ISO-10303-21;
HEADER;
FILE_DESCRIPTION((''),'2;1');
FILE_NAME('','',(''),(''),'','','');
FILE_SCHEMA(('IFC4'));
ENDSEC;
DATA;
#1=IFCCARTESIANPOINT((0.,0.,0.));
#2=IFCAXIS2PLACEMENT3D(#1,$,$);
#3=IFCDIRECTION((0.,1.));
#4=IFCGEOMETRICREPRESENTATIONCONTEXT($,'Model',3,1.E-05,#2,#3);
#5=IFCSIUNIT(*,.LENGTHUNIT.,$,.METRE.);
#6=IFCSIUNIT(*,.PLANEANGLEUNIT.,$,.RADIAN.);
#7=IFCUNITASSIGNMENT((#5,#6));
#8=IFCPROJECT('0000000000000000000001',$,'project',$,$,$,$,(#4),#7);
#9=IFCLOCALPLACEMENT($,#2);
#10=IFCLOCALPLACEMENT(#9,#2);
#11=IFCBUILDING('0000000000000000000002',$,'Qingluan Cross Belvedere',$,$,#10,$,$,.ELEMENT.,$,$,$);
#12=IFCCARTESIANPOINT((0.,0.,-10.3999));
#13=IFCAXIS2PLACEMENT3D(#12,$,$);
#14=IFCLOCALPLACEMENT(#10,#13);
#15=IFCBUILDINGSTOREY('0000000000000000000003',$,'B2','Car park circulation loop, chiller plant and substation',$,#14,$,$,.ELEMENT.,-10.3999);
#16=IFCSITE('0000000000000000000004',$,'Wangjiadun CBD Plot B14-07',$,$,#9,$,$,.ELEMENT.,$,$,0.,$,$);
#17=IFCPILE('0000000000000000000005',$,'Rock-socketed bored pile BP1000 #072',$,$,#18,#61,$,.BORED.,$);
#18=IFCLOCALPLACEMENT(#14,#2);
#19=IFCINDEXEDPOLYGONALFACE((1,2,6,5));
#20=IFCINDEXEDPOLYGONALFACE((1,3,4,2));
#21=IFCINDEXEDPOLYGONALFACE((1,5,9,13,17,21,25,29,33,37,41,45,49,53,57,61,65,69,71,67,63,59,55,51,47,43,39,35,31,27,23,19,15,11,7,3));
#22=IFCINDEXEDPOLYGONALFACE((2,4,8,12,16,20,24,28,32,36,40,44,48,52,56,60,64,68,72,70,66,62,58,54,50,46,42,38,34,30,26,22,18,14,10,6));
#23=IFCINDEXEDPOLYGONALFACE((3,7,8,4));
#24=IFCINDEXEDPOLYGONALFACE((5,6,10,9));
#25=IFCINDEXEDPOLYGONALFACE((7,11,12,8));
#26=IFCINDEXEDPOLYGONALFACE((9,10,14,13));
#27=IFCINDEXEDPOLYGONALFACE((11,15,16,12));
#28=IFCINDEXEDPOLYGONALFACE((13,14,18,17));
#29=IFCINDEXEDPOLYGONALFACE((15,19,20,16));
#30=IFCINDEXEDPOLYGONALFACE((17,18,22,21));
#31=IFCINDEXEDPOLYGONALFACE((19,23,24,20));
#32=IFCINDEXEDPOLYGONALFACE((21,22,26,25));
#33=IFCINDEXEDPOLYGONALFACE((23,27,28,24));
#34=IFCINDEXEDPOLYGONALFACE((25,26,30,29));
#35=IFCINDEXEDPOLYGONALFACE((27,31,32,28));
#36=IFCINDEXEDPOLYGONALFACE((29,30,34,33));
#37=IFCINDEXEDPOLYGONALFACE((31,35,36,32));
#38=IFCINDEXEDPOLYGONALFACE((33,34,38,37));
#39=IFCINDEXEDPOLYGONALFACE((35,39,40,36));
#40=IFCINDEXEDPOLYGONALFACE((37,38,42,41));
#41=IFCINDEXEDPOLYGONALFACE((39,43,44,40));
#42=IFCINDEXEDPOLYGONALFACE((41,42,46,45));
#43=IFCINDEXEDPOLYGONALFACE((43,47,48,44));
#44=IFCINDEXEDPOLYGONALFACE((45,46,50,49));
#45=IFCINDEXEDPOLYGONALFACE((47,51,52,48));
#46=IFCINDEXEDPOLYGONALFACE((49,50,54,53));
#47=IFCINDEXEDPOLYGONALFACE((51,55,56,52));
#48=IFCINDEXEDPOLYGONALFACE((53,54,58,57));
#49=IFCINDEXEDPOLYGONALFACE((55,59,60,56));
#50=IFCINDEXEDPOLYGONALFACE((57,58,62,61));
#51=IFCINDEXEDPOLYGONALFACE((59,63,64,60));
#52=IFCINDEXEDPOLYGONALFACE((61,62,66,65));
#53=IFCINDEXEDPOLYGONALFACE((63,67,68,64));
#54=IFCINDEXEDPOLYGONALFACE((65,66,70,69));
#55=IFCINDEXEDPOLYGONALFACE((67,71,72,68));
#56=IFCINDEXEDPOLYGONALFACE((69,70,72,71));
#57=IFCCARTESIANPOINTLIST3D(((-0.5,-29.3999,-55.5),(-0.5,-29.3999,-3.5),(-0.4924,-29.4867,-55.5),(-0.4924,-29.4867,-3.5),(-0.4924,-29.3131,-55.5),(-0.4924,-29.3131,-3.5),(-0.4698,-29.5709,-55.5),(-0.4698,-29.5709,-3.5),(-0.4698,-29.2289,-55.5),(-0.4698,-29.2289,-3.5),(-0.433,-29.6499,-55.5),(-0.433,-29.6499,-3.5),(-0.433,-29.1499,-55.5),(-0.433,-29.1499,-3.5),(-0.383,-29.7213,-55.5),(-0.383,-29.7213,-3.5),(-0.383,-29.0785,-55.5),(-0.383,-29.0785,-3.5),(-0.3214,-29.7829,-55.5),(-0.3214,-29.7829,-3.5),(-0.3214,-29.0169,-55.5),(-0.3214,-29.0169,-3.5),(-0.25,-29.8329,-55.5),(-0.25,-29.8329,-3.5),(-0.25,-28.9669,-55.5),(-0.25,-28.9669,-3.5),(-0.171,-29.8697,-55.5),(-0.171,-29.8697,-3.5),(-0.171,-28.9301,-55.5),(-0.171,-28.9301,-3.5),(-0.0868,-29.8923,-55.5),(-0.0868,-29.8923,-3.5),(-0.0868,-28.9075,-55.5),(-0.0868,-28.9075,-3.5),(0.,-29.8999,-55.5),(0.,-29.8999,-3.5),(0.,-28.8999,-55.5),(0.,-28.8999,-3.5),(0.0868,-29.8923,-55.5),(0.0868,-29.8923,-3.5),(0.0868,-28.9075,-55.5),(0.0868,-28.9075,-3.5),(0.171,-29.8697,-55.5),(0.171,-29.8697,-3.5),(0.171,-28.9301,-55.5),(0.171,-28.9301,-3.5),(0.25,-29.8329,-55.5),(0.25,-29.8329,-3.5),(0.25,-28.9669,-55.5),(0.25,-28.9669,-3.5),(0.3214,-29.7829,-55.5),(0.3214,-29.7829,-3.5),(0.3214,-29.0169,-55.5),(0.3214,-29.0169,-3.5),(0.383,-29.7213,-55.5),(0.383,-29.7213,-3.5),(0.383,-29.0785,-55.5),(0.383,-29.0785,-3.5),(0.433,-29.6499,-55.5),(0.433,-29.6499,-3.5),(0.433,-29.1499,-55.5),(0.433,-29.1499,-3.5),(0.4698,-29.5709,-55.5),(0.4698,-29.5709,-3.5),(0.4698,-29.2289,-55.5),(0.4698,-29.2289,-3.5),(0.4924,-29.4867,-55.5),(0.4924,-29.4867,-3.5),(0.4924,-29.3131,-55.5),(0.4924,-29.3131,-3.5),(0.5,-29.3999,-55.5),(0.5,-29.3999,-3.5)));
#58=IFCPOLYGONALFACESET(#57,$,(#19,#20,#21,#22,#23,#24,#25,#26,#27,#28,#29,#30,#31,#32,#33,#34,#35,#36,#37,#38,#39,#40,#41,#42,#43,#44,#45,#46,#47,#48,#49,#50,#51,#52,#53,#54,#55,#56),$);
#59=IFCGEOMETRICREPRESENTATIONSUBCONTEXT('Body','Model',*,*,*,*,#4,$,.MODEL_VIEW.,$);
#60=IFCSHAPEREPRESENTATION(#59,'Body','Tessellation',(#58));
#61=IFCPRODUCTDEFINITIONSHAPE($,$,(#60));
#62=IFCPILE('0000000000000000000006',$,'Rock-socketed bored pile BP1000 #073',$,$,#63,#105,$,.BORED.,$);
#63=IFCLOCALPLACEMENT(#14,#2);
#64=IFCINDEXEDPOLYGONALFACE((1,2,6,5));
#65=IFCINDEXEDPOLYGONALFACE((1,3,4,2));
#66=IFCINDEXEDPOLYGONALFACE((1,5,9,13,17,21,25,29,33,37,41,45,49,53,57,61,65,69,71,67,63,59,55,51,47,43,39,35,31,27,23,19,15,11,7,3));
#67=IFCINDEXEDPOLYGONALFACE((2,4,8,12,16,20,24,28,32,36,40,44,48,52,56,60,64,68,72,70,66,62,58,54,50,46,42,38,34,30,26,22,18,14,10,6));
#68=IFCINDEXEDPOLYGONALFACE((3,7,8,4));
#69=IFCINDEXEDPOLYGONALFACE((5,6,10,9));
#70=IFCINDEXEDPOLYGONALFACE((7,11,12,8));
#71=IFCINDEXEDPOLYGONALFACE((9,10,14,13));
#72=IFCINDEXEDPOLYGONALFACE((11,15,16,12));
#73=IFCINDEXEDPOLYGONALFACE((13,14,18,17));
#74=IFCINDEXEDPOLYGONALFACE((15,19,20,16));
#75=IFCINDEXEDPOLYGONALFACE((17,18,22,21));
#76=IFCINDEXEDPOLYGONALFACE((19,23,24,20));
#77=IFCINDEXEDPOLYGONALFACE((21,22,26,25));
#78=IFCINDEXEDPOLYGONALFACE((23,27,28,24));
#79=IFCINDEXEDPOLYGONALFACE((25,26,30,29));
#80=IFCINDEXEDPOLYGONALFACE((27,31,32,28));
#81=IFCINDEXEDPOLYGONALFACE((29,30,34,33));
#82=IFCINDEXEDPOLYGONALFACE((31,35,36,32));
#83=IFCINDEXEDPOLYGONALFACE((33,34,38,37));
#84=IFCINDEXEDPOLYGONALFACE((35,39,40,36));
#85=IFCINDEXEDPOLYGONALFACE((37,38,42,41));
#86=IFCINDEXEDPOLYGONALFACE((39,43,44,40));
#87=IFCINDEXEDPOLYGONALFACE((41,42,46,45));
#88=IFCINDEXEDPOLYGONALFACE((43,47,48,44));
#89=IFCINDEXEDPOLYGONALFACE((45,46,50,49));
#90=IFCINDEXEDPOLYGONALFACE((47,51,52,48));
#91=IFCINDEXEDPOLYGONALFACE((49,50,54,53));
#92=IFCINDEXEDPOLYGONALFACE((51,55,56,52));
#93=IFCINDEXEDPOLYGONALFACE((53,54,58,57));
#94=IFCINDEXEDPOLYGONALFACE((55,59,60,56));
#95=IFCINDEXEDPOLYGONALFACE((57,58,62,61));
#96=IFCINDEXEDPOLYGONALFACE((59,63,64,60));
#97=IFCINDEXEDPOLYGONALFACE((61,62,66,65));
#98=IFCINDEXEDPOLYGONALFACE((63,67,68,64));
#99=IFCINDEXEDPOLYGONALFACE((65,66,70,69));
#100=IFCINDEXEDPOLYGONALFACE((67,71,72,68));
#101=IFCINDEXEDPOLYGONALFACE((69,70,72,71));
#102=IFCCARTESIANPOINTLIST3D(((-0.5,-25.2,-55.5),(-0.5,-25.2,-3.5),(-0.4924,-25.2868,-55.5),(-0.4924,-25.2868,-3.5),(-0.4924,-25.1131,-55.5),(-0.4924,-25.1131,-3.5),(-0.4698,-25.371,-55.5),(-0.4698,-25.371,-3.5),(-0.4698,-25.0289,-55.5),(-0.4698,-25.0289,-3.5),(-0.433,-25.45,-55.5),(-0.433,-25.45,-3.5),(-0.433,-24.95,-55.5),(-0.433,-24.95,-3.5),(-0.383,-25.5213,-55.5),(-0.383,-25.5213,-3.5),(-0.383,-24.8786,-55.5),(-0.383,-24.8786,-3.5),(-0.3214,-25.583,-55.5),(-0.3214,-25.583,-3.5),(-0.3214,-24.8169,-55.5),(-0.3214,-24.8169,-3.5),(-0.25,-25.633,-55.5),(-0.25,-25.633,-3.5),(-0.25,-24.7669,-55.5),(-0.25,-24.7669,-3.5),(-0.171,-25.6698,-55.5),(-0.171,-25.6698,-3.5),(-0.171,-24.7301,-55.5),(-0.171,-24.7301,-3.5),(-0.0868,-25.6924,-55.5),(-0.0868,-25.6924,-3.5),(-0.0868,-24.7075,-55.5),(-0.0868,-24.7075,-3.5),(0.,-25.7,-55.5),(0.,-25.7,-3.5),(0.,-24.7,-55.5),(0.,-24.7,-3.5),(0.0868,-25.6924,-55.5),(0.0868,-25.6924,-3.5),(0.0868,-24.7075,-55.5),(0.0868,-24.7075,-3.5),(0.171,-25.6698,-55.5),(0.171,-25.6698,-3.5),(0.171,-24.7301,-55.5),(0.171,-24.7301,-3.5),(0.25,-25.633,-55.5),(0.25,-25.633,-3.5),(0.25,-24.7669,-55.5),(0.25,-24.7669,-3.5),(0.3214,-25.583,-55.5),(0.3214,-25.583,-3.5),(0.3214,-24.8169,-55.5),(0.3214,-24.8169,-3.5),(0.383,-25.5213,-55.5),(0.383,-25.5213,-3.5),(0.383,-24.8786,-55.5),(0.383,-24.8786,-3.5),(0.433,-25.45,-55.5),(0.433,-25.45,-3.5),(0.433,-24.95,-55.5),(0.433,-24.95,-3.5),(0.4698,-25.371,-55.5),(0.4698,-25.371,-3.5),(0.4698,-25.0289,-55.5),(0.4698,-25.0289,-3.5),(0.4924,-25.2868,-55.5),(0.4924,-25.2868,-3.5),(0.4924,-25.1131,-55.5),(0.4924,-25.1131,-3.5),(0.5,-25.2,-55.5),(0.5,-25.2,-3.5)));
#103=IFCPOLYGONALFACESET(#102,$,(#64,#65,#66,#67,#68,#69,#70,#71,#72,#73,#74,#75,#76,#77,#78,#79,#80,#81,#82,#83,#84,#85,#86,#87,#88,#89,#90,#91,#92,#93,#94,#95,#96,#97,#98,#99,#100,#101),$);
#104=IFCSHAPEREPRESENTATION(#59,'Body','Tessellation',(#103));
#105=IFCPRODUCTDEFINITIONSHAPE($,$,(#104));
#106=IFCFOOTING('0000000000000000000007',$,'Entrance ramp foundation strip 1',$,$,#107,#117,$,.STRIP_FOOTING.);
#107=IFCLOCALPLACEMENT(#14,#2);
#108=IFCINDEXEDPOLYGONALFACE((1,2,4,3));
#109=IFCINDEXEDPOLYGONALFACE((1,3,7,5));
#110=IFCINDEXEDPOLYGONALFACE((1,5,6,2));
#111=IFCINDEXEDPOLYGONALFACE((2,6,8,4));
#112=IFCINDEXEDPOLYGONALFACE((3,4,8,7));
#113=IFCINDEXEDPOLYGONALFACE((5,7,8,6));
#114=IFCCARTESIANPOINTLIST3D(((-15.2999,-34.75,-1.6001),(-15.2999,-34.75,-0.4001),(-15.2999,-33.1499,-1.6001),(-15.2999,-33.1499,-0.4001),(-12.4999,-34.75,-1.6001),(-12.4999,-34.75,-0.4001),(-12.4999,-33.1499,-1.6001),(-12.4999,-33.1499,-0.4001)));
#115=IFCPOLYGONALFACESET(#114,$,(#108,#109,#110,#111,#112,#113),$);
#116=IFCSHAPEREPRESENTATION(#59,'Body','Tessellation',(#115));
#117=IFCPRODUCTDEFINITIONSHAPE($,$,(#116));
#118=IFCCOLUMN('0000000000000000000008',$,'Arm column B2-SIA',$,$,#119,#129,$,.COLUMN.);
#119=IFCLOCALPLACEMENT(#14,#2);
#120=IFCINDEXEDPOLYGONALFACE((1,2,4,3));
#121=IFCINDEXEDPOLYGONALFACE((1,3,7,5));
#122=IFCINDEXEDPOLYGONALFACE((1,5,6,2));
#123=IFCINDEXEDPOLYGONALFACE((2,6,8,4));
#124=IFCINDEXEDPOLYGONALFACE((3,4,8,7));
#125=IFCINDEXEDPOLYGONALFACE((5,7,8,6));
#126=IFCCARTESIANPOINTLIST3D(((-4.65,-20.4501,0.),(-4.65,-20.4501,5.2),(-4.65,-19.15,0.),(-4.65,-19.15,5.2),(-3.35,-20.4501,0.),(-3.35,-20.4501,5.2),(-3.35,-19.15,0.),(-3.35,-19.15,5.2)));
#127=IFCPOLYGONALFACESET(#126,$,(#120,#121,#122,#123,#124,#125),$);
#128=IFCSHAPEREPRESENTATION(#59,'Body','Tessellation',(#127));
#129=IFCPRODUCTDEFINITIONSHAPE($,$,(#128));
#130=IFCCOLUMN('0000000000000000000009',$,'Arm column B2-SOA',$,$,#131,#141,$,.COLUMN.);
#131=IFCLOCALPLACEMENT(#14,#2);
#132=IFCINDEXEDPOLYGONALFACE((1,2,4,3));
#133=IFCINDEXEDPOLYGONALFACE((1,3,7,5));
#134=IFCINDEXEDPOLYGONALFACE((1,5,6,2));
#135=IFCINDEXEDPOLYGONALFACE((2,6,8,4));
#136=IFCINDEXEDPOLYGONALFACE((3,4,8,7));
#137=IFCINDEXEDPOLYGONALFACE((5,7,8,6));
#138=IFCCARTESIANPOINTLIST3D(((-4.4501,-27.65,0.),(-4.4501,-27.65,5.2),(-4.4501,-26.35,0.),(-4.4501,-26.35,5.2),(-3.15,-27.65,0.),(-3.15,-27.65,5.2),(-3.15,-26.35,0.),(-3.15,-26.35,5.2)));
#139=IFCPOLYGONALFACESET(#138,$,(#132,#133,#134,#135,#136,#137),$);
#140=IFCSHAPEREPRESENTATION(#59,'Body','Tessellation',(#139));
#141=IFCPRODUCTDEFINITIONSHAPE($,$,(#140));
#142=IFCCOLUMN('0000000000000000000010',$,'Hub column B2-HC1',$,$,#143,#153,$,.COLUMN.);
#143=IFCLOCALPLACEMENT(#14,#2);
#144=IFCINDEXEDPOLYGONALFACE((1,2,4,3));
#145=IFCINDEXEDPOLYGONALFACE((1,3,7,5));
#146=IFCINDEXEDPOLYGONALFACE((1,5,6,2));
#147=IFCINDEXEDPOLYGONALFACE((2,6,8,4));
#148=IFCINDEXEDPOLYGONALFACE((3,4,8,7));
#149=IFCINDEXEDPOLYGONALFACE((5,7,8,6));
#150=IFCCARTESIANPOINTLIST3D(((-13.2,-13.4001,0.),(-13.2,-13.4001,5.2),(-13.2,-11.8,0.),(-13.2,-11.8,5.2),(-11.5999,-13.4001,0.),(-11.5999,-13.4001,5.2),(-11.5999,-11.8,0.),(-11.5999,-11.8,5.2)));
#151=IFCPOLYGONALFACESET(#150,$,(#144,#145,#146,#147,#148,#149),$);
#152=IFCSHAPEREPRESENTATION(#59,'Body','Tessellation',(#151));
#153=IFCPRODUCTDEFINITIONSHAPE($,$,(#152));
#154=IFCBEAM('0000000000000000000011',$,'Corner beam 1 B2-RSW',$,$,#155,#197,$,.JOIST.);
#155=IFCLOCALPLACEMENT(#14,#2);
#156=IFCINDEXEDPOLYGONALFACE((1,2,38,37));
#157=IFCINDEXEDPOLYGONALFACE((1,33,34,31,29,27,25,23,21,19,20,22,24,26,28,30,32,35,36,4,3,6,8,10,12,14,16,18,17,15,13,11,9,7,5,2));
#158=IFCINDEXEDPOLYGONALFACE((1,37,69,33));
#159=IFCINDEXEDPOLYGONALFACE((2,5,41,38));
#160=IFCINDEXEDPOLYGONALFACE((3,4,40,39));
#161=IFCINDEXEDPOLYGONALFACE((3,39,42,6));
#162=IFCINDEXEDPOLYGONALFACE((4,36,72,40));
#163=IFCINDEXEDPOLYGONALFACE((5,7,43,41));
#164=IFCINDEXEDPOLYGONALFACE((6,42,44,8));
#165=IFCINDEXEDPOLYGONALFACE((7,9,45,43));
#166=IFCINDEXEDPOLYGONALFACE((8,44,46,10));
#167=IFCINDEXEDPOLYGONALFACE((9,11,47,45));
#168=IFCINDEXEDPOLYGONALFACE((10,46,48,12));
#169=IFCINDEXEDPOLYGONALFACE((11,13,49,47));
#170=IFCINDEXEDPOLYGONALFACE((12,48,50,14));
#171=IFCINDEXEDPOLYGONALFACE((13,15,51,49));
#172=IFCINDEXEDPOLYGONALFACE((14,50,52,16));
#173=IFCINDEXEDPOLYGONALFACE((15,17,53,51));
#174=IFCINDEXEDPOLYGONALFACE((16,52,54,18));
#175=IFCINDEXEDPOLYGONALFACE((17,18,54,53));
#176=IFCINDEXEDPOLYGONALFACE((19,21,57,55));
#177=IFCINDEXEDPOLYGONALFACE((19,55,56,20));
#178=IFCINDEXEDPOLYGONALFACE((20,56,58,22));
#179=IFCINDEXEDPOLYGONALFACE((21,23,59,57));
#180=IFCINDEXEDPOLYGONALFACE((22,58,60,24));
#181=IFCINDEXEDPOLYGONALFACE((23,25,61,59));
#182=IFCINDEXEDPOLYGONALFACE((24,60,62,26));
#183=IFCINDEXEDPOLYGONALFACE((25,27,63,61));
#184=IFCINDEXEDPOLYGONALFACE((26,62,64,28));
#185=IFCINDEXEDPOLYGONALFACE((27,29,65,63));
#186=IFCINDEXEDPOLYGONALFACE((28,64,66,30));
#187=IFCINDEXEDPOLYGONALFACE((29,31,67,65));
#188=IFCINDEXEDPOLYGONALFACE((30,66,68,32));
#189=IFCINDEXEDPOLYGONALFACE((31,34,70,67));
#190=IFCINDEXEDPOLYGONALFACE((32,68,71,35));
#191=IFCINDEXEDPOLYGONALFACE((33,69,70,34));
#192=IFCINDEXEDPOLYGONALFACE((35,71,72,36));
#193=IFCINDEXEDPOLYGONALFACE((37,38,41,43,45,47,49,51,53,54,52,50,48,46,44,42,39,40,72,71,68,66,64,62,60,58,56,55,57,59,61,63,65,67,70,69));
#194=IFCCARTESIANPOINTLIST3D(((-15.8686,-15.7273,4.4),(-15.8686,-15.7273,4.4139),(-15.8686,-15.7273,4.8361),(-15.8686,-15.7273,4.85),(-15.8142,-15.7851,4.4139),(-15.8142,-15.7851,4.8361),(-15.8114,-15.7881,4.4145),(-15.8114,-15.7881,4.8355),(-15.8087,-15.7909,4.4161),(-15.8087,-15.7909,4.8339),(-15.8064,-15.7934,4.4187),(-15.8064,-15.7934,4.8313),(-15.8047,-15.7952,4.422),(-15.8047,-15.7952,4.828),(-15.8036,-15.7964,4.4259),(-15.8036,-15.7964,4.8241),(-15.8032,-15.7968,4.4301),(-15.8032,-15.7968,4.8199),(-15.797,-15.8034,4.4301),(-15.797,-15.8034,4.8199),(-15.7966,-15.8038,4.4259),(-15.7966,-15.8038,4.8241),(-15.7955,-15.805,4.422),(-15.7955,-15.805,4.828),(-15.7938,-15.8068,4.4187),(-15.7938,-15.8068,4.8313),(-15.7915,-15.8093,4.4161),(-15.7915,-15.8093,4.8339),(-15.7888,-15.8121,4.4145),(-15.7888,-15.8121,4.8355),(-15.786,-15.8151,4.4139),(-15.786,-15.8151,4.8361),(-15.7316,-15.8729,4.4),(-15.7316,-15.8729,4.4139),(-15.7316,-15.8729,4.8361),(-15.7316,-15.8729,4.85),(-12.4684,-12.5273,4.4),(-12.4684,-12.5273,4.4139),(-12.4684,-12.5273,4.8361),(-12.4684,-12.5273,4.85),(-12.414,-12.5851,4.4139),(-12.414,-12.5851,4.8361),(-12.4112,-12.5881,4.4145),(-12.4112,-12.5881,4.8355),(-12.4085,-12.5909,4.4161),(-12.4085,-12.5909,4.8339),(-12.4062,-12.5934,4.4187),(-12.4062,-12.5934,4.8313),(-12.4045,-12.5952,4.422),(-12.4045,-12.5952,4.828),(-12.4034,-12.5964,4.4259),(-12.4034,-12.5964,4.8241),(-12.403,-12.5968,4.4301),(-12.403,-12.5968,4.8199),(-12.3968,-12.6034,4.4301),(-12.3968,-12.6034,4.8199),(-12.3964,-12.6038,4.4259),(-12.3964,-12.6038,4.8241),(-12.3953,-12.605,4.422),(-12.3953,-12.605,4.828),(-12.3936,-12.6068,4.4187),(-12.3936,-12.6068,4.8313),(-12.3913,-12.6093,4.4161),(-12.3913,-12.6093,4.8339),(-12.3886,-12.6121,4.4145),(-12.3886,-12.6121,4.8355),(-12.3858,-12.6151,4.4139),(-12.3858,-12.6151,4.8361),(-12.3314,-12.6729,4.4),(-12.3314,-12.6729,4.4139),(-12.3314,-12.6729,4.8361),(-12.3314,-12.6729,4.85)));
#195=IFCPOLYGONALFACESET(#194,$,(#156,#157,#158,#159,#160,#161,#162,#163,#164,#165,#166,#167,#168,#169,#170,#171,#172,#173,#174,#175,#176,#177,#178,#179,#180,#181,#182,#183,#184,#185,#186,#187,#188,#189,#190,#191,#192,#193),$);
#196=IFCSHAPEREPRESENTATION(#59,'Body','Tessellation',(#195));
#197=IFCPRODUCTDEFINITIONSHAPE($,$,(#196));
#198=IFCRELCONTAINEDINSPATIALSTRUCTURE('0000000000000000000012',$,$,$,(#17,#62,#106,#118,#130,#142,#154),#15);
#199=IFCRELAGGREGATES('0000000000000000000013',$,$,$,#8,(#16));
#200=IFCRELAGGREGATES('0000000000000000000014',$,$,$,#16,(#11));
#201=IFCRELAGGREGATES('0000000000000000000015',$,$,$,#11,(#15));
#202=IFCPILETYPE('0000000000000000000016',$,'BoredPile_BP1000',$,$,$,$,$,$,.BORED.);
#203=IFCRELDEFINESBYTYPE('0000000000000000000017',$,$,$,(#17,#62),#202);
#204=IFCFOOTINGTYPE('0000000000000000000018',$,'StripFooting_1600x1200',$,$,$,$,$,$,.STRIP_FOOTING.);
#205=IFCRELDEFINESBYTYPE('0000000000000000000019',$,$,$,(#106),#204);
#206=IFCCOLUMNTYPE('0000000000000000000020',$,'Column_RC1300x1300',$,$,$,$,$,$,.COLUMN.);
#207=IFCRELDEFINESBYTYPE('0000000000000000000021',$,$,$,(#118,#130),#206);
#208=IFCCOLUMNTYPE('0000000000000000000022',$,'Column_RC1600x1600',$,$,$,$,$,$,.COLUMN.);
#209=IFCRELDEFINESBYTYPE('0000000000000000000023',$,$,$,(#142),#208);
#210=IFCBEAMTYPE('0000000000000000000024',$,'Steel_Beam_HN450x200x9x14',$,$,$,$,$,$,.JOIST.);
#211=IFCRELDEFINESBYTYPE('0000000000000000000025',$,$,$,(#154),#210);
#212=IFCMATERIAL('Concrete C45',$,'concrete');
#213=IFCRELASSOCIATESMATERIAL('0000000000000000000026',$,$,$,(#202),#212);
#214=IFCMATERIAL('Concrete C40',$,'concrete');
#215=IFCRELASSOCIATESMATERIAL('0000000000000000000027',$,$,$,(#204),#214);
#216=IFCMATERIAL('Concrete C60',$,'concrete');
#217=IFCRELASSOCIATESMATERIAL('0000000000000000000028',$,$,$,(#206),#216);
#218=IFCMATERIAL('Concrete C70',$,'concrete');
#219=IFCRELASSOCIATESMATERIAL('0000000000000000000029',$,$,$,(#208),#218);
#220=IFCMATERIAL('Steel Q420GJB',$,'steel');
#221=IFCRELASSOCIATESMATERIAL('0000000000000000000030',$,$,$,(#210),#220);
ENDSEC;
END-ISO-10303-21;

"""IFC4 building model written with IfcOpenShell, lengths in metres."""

from ifc_helpers import new_model, si_unit, direction, frame, origin, origin_2d, place, context, subcontext, project, spatial, rectangle, circle, i_section, extrude, material, material_profile, profile_set, type_object, element, save


model = new_model("IFC4")

# Units and contexts
model_context = context("Model", 3, precision=1e-05, world=origin(), true_north=direction((0.0, 1.0)))
body_context = subcontext(model_context, "Body", "Model", "MODEL_VIEW")
ifc_project = project(units=[si_unit("LENGTHUNIT", "METRE"), si_unit("PLANEANGLEUNIT", "RADIAN")], contexts=[model_context])

# Site, building, storey
site_placement = place(None, origin())
site = spatial("IfcSite", under=ifc_project, at=site_placement, Name="Wangjiadun CBD Plot B14-07", CompositionType="ELEMENT", RefElevation=0.0)
building_placement = place(site_placement, origin())
building = spatial("IfcBuilding", under=site, at=building_placement, Name="Qingluan Cross Belvedere", CompositionType="ELEMENT")
storey_placement = place(building_placement, frame((0.0, 0.0, -10.3999)))
storey = spatial("IfcBuildingStorey", under=building, at=storey_placement, Name="B2", Description="Car park circulation loop, chiller plant and substation", CompositionType="ELEMENT", Elevation=-10.3999)

# Piles
ifc_material_1 = material(Name="Concrete C45", Category="concrete")
ifc_material_profile_1 = material_profile(ifc_material_1, circle(Radius=0.5, at=origin_2d()), Name="BP1000")
ifc_profile_set_1 = profile_set([ifc_material_profile_1], Name="Concrete C45")
pile_type = type_object("IfcPileType", Name="BoredPile_BP1000", PredefinedType="BORED", material=ifc_profile_set_1)
for number, where, z_axis, x_axis, name in (
    (1, (0.0, -29.3999, -3.5), (0.0, 0.0, -1.0), (1.0, 0.0, 0.0), "Rock-socketed bored pile BP1000 #072"),
    (2, (0.0, -25.2, -3.5), (0.0, 0.0, -1.0), (1.0, 0.0, 0.0), "Rock-socketed bored pile BP1000 #073"),
):
    element("IfcPile", number, at=place(storey_placement, frame(where, z_axis=z_axis, x_axis=x_axis)), inside=storey, type_object=pile_type, Name=name, PredefinedType="BORED", context=body_context, shape_type="SweptSolid", body=[
        extrude(circle(Radius=0.5, at=origin_2d()), origin(), (0.0, 0.0, 1.0), 52.0),
    ])

# Footing
ifc_material_2 = material(Name="Concrete C40", Category="concrete")
footing_type = type_object("IfcFootingType", Name="StripFooting_1600x1200", PredefinedType="STRIP_FOOTING", material=ifc_material_2)
footing_placement = place(storey_placement, frame((-13.8999, -33.95, -1.6001), z_axis=(0.0, 0.0, 1.0), x_axis=(1.0, 0.0, 0.0)))
element("IfcFooting", 3, at=footing_placement, inside=storey, type_object=footing_type, Name="Entrance ramp foundation strip 1", PredefinedType="STRIP_FOOTING", context=body_context, shape_type="SweptSolid", body=[
    extrude(rectangle(XDim=2.8, YDim=1.6001, at=origin_2d()), origin(), (0.0, 0.0, 1.0), 1.2),
])

# Columns
ifc_material_3 = material(Name="Concrete C60", Category="concrete")
ifc_material_profile_2 = material_profile(ifc_material_3, rectangle(XDim=1.3, YDim=1.3, at=origin_2d()), Name="RC1300x1300")
ifc_profile_set_2 = profile_set([ifc_material_profile_2], Name="Concrete C60")
column_type_1 = type_object("IfcColumnType", Name="Column_RC1300x1300", PredefinedType="COLUMN", material=ifc_profile_set_2)
for number, where, z_axis, x_axis, name in (
    (4, (-4.0, -19.8, 0.0), (0.0, 0.0, 1.0), (1.0, 0.0, 0.0), "Arm column B2-SIA"),
    (5, (-3.8, -27.0, 0.0), (0.0, 0.0, 1.0), (1.0, 0.0, 0.0), "Arm column B2-SOA"),
):
    element("IfcColumn", number, at=place(storey_placement, frame(where, z_axis=z_axis, x_axis=x_axis)), inside=storey, type_object=column_type_1, Name=name, PredefinedType="COLUMN", context=body_context, shape_type="SweptSolid", body=[
        extrude(rectangle(XDim=1.3, YDim=1.3, at=origin_2d()), origin(), (0.0, 0.0, 1.0), 5.2),
    ])
ifc_material_4 = material(Name="Concrete C70", Category="concrete")
ifc_material_profile_3 = material_profile(ifc_material_4, rectangle(XDim=1.6001, YDim=1.6001, at=origin_2d()), Name="RC1600x1600")
ifc_profile_set_3 = profile_set([ifc_material_profile_3], Name="Concrete C70")
column_type_2 = type_object("IfcColumnType", Name="Column_RC1600x1600", PredefinedType="COLUMN", material=ifc_profile_set_3)
column_placement = place(storey_placement, frame((-12.3999, -12.6001, 0.0), z_axis=(0.0, 0.0, 1.0), x_axis=(1.0, 0.0, 0.0)))
element("IfcColumn", 6, at=column_placement, inside=storey, type_object=column_type_2, Name="Hub column B2-HC1", PredefinedType="COLUMN", context=body_context, shape_type="SweptSolid", body=[
    extrude(rectangle(XDim=1.6001, YDim=1.6001, at=origin_2d()), origin(), (0.0, 0.0, 1.0), 5.2),
])

# Beam
ifc_material_5 = material(Name="Steel Q420GJB", Category="steel")
ifc_material_profile_4 = material_profile(ifc_material_5, i_section(OverallWidth=0.2, OverallDepth=0.45, WebThickness=0.009, FlangeThickness=0.0139, FilletRadius=0.0161, at=origin_2d()), Name="HN450x200x9x14")
ifc_profile_set_4 = profile_set([ifc_material_profile_4], Name="Steel Q420GJB")
beam_type_1 = type_object("IfcBeamType", Name="Steel_Beam_HN450x200x9x14", PredefinedType="JOIST", material=ifc_profile_set_4)
beam_1_placement = place(storey_placement, frame((-12.3999, -12.6001, 4.625), z_axis=(-0.72822, -0.685343, 0.0), x_axis=(0.685343, -0.72822, 0.0)))
element("IfcBeam", 7, at=beam_1_placement, inside=storey, type_object=beam_type_1, Name="Corner beam 1 B2-RSW", PredefinedType="JOIST", context=body_context, shape_type="SweptSolid", body=[
    extrude(i_section(OverallWidth=0.2, OverallDepth=0.45, WebThickness=0.009, FlangeThickness=0.0139, FilletRadius=0.0161, at=origin_2d()), origin(), (0.0, 0.0, 1.0), 4.6692),
])

save(model, "model.ifc")
